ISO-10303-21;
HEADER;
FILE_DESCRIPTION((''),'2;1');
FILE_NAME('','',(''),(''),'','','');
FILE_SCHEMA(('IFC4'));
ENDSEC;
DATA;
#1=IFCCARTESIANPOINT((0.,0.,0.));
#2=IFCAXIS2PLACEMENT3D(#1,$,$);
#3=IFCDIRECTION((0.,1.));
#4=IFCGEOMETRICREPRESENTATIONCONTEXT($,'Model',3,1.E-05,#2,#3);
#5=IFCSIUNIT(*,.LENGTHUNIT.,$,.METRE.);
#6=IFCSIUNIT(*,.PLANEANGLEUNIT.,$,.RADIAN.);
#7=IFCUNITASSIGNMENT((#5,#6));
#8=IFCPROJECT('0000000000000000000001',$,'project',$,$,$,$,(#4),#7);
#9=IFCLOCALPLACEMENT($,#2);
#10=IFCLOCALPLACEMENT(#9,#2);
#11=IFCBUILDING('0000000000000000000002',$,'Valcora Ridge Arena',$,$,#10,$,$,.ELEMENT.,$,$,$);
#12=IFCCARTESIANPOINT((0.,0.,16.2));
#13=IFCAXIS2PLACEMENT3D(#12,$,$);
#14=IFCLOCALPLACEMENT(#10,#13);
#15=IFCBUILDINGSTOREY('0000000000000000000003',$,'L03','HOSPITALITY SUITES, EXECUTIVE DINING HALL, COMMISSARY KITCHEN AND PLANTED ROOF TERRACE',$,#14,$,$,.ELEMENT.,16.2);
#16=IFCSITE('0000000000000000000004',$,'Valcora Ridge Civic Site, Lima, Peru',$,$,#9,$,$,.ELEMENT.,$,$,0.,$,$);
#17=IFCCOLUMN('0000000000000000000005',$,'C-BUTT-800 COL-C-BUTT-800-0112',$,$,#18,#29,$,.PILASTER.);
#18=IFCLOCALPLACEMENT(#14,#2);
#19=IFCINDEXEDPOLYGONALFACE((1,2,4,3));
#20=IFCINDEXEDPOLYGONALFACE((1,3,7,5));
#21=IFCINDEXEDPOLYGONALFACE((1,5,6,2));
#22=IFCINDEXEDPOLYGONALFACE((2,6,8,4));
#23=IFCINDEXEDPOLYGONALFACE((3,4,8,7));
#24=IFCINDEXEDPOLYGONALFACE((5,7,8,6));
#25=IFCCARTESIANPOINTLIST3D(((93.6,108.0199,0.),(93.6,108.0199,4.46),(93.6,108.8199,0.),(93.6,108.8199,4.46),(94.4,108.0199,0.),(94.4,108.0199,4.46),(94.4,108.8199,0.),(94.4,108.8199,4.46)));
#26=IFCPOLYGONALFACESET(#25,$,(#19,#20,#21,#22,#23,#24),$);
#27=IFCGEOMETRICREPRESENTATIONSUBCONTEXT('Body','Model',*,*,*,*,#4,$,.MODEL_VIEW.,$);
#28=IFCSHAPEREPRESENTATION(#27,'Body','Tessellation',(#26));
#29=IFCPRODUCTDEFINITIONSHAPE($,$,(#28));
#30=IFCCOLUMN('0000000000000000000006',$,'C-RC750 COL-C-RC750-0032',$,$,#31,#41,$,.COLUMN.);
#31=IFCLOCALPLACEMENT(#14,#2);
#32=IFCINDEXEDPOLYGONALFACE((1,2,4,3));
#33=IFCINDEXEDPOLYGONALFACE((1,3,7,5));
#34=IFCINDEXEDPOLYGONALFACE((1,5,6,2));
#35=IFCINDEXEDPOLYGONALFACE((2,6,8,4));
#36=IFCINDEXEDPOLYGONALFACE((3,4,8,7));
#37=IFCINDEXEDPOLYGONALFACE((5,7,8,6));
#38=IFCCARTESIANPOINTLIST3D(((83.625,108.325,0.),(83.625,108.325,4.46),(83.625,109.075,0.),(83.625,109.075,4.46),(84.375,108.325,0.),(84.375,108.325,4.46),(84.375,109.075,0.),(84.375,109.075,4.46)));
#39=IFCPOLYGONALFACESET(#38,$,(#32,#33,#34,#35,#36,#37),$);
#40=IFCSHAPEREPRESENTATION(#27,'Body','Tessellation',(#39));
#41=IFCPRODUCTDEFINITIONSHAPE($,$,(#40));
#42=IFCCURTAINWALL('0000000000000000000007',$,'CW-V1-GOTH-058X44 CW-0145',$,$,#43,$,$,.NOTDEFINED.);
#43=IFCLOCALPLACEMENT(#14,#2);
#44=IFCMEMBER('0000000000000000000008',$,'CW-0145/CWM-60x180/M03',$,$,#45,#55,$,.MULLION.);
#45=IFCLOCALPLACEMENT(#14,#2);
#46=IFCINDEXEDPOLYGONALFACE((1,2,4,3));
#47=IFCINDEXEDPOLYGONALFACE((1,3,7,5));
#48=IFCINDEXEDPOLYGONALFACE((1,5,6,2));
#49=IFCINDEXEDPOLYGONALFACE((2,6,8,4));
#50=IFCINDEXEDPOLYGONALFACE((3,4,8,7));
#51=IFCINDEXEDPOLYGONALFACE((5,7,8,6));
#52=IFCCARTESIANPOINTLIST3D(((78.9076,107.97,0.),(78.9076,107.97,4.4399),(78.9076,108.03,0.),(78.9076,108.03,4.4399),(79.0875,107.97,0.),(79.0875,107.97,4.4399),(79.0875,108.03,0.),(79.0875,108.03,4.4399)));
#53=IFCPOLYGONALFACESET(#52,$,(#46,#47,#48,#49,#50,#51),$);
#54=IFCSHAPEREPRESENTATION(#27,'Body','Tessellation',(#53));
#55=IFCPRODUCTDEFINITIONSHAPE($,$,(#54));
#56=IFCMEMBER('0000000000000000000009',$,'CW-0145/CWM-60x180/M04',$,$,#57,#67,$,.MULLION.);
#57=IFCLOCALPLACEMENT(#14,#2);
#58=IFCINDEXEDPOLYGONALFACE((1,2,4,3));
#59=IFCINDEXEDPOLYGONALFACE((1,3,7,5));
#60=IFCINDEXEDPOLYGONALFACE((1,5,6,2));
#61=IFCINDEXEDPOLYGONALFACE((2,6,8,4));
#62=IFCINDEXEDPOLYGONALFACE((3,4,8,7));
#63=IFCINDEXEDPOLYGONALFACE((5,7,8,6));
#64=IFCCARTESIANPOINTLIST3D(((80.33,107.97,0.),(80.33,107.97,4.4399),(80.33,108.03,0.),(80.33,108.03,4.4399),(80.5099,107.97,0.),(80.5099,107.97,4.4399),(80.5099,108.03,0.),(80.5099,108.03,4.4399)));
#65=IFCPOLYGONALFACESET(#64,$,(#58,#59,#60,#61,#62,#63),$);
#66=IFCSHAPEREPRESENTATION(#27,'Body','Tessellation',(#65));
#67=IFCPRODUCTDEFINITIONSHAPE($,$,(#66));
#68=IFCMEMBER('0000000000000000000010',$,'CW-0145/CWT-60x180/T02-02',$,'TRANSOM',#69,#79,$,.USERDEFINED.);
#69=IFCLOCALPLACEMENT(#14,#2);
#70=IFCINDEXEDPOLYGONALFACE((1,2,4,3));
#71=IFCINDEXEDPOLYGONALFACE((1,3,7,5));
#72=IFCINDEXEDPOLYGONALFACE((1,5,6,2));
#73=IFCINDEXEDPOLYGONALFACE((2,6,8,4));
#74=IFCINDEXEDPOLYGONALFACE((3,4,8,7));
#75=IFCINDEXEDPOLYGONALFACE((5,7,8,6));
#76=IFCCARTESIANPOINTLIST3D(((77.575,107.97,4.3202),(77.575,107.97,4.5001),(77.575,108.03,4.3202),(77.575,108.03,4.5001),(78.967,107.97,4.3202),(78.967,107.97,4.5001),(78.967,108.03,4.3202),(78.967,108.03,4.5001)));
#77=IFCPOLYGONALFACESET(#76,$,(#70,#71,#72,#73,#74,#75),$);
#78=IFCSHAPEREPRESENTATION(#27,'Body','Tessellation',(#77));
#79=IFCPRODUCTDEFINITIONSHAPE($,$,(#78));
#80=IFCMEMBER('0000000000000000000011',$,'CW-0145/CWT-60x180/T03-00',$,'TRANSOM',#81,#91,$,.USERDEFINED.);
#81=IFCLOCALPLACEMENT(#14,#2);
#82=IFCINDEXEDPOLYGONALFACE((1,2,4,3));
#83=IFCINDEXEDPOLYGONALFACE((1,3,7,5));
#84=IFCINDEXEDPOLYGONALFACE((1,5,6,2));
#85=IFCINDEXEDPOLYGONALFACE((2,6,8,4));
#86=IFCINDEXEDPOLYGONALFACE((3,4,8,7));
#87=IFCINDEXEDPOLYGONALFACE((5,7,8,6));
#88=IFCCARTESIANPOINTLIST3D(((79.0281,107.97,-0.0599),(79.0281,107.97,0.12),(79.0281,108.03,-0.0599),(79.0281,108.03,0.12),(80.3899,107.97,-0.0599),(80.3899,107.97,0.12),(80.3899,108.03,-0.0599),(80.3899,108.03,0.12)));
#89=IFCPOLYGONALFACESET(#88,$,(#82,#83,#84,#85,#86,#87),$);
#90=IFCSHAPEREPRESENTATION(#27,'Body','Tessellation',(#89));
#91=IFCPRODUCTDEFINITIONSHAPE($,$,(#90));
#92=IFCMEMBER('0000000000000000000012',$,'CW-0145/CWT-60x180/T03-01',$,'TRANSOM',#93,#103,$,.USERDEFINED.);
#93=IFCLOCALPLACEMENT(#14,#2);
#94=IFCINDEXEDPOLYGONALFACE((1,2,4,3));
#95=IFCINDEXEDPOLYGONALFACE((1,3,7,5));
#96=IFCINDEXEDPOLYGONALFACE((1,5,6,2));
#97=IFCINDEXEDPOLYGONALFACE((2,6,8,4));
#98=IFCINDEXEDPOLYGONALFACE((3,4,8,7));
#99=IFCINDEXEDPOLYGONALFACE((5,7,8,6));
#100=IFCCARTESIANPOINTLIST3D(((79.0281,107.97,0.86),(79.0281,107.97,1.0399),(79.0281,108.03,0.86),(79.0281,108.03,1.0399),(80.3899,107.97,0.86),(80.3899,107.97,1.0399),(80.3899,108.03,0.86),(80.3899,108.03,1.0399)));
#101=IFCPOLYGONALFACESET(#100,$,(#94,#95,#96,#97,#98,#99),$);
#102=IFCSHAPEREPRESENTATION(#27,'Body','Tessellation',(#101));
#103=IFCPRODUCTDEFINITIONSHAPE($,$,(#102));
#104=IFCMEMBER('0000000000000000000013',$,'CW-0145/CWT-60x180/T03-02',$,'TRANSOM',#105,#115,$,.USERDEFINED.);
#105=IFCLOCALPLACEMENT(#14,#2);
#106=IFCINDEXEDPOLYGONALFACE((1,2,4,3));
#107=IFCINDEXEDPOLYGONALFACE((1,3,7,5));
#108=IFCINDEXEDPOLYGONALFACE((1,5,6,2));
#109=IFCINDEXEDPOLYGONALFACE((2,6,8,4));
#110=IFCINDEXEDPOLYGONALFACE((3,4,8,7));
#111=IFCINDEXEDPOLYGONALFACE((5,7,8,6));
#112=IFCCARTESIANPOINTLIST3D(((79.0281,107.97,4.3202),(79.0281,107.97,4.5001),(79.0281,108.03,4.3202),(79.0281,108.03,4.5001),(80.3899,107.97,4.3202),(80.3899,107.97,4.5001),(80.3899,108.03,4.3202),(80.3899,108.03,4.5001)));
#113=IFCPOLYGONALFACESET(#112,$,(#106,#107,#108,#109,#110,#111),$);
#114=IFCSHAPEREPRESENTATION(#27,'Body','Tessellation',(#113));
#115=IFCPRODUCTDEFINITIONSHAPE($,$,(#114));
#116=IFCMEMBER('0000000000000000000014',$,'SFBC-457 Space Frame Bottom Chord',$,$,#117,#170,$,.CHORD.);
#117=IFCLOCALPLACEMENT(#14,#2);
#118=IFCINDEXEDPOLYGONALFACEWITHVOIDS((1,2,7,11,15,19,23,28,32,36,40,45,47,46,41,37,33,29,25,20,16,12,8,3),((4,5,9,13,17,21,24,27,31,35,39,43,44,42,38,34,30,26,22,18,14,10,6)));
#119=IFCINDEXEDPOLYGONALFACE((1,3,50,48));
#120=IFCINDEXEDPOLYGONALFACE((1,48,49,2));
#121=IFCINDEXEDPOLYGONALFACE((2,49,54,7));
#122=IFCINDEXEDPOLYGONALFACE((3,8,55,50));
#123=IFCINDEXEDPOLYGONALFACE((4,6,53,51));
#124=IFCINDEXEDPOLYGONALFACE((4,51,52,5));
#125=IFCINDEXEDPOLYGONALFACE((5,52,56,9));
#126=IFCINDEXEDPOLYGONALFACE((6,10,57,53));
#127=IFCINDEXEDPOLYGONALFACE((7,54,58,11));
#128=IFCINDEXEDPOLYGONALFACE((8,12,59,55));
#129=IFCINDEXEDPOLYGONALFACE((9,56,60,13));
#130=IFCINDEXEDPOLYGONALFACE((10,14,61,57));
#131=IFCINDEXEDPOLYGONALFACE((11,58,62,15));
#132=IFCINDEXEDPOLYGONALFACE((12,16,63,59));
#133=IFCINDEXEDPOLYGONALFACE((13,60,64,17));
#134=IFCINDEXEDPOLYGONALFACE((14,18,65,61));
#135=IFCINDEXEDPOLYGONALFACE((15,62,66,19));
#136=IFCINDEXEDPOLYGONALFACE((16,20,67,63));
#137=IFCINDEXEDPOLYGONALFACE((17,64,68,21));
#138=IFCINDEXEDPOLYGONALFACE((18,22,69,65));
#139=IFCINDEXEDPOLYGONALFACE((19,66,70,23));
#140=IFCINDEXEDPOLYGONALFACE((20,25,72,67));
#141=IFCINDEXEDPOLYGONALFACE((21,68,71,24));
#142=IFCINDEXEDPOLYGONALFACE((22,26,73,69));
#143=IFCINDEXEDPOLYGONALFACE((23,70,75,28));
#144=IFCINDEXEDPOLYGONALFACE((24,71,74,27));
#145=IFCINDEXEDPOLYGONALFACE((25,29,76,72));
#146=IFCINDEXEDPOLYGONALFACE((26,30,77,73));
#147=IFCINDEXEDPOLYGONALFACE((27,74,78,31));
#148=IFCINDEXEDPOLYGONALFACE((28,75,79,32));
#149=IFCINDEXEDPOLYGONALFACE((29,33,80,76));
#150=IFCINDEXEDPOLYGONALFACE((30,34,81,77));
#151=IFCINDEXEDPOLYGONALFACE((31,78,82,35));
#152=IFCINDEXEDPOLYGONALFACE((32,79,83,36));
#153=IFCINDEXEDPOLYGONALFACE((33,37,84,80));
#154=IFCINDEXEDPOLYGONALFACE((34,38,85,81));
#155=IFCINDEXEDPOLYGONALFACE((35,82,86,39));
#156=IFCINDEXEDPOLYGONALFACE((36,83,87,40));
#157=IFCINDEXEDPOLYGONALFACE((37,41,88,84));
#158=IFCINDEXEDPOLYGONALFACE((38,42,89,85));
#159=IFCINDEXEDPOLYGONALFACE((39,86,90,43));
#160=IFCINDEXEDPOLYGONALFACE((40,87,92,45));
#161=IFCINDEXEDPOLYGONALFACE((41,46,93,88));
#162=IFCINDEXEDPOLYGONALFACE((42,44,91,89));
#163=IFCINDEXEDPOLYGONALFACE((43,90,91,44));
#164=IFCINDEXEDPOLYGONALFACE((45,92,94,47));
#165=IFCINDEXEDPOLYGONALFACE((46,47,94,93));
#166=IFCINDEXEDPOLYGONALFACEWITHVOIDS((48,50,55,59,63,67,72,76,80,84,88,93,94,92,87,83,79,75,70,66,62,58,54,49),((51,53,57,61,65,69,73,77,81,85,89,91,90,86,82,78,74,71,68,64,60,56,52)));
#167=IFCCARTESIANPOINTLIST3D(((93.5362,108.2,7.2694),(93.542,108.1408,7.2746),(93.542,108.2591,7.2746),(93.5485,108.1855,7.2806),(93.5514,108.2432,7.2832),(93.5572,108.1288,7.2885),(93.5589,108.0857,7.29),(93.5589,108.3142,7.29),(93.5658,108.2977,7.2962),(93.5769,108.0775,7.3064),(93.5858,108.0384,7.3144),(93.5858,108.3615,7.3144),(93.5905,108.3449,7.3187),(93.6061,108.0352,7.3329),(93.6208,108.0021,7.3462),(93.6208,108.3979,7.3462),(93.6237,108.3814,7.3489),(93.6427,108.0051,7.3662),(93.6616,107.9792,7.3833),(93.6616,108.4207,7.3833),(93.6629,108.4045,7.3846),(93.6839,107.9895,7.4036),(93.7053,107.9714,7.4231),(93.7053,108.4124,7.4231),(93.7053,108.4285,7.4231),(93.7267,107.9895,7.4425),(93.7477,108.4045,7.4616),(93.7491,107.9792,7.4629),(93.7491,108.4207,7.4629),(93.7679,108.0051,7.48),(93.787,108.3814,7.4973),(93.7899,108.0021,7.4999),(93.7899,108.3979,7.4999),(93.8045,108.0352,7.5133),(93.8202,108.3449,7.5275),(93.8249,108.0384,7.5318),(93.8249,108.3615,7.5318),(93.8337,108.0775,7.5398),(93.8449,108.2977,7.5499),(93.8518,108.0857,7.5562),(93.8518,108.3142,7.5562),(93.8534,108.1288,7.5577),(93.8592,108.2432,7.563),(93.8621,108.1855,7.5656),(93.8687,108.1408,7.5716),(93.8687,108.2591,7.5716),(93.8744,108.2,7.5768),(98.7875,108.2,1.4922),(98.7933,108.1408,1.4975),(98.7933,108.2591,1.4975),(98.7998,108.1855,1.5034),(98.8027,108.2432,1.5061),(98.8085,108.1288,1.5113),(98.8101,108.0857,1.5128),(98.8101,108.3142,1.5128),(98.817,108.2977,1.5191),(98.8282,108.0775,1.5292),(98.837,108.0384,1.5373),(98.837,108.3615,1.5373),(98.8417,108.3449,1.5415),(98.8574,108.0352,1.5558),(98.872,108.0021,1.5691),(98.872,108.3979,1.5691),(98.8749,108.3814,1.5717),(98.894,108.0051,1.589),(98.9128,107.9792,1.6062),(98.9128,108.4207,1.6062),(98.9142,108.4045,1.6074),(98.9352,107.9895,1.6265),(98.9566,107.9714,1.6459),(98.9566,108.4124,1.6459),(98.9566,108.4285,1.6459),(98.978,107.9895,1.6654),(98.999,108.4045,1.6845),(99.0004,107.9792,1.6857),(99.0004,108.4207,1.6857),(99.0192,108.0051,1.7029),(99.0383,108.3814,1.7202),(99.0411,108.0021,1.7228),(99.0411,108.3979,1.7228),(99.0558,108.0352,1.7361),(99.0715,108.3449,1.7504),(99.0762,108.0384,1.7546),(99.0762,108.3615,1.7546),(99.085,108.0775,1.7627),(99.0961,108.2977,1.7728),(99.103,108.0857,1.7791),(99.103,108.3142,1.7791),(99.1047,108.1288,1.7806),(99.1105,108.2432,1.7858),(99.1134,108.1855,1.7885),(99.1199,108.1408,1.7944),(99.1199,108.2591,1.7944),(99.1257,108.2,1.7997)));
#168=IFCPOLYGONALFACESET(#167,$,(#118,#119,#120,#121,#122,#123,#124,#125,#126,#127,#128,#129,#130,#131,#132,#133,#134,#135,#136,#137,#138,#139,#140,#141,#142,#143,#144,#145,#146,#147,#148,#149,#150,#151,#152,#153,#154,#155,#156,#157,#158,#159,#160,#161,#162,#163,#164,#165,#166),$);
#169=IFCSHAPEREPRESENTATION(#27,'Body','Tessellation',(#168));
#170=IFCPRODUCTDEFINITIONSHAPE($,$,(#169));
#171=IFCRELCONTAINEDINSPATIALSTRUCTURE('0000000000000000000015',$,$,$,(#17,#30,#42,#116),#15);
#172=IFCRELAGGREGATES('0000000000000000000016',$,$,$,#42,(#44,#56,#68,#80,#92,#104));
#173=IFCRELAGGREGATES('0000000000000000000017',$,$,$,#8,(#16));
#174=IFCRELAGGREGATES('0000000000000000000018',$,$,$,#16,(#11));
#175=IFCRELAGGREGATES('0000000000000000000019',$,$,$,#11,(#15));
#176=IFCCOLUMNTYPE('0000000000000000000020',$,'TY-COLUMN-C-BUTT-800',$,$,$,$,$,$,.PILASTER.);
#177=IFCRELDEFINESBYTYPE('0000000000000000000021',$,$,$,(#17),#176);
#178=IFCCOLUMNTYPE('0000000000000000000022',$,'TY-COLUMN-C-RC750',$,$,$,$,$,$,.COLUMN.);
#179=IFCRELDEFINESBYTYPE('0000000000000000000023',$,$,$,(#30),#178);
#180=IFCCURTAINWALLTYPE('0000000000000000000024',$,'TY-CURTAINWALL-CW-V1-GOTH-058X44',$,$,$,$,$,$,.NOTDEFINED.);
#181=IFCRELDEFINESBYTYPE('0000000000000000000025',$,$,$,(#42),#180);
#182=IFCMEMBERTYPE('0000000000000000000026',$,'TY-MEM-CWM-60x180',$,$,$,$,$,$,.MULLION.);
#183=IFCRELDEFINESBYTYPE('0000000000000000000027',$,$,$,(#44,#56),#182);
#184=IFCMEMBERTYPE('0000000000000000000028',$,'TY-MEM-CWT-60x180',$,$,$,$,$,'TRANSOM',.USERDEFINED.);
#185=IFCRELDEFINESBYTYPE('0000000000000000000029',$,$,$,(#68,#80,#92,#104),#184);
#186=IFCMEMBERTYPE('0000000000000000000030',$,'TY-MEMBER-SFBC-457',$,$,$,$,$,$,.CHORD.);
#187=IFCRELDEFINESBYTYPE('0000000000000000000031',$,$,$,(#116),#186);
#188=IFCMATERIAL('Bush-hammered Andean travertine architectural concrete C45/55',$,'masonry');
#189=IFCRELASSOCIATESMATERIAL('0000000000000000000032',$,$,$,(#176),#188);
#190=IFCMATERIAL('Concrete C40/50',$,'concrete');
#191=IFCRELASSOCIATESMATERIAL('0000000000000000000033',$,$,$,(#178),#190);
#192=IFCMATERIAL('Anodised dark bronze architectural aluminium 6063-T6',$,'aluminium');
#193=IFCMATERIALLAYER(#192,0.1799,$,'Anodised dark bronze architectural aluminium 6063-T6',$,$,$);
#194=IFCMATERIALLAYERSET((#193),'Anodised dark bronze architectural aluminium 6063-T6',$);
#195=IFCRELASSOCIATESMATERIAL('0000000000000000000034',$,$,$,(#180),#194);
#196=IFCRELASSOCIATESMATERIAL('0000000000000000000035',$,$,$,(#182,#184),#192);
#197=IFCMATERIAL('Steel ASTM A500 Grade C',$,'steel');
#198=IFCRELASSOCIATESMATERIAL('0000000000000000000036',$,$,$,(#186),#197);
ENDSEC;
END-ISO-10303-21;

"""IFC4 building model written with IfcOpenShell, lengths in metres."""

from ifc_helpers import new_model, si_unit, direction, frame, origin, origin_2d, place, context, subcontext, project, spatial, rectangle, hollow_circle, extrude, material, layer, layer_set, material_profile, profile_set, type_object, element, aggregate, save


model = new_model("IFC4")

# Units and contexts
model_context = context("Model", 3, precision=1e-05, world=origin(), true_north=direction((0.0, 1.0)))
body_context = subcontext(model_context, "Body", "Model", "MODEL_VIEW")
ifc_project = project(units=[si_unit("LENGTHUNIT", "METRE"), si_unit("PLANEANGLEUNIT", "RADIAN")], contexts=[model_context])

# Site, building, storey
site_placement = place(None, origin())
site = spatial("IfcSite", under=ifc_project, at=site_placement, Name="Valcora Ridge Civic Site, Lima, Peru", CompositionType="ELEMENT", RefElevation=0.0)
building_placement = place(site_placement, origin())
building = spatial("IfcBuilding", under=site, at=building_placement, Name="Valcora Ridge Arena", CompositionType="ELEMENT")
storey_placement = place(building_placement, frame((0.0, 0.0, 16.2)))
storey = spatial("IfcBuildingStorey", under=building, at=storey_placement, Name="L03", Description="HOSPITALITY SUITES, EXECUTIVE DINING HALL, COMMISSARY KITCHEN AND PLANTED ROOF TERRACE", CompositionType="ELEMENT", Elevation=16.2)

# Columns
ifc_material_1 = material(Name="Bush-hammered Andean travertine architectural concrete C45/55", Category="masonry")
ifc_material_profile_1 = material_profile(ifc_material_1, rectangle(XDim=0.8, YDim=0.8, at=origin_2d()), Name="RC 800x800")
ifc_profile_set_1 = profile_set([ifc_material_profile_1], Name="Bush-hammered Andean travertine architectural concrete C45/55")
column_type_1 = type_object("IfcColumnType", Name="TY-COLUMN-C-BUTT-800", PredefinedType="PILASTER", material=ifc_profile_set_1)
column_1_placement = place(storey_placement, frame((94.0, 108.4199, 0.0), z_axis=(0.0, 0.0, 1.0), x_axis=(1.0, 0.0, 0.0)))
element("IfcColumn", 1, at=column_1_placement, inside=storey, type_object=column_type_1, Name="C-BUTT-800 COL-C-BUTT-800-0112", PredefinedType="PILASTER", context=body_context, shape_type="SweptSolid", body=[
    extrude(rectangle(XDim=0.8, YDim=0.8, at=origin_2d()), origin(), (0.0, 0.0, 1.0), 4.46),
])
ifc_material_2 = material(Name="Concrete C40/50", Category="concrete")
ifc_material_profile_2 = material_profile(ifc_material_2, rectangle(XDim=0.75, YDim=0.75, at=origin_2d()), Name="RC 750x750")
ifc_profile_set_2 = profile_set([ifc_material_profile_2], Name="Concrete C40/50")
column_type_2 = type_object("IfcColumnType", Name="TY-COLUMN-C-RC750", PredefinedType="COLUMN", material=ifc_profile_set_2)
column_2_placement = place(storey_placement, frame((84.0, 108.7, 0.0), z_axis=(0.0, 0.0, 1.0), x_axis=(1.0, 0.0, 0.0)))
element("IfcColumn", 2, at=column_2_placement, inside=storey, type_object=column_type_2, Name="C-RC750 COL-C-RC750-0032", PredefinedType="COLUMN", context=body_context, shape_type="SweptSolid", body=[
    extrude(rectangle(XDim=0.75, YDim=0.75, at=origin_2d()), origin(), (0.0, 0.0, 1.0), 4.46),
])

# Curtain wall, members
ifc_material_3 = material(Name="Anodised dark bronze architectural aluminium 6063-T6", Category="aluminium")
ifc_layer_1 = layer(ifc_material_3, 0.1799, Name="Anodised dark bronze architectural aluminium 6063-T6")
ifc_layer_set_1 = layer_set([ifc_layer_1], Name="Anodised dark bronze architectural aluminium 6063-T6")
curtain_wall_type = type_object("IfcCurtainWallType", Name="TY-CURTAINWALL-CW-V1-GOTH-058X44", PredefinedType="NOTDEFINED", material=ifc_layer_set_1)
curtain_wall_placement = place(storey_placement, origin())
curtain_wall = element("IfcCurtainWall", 3, at=curtain_wall_placement, inside=storey, type_object=curtain_wall_type, Name="CW-V1-GOTH-058X44 CW-0145", PredefinedType="NOTDEFINED")
ifc_material_profile_3 = material_profile(ifc_material_3, rectangle(XDim=0.0601, YDim=0.1799, at=origin_2d()), Name="ALU MULLION 60x180")
ifc_profile_set_3 = profile_set([ifc_material_profile_3], Name="Anodised dark bronze architectural aluminium 6063-T6")
member_type_1 = type_object("IfcMemberType", Name="TY-MEM-CWM-60x180", PredefinedType="MULLION", material=ifc_profile_set_3)
member_1_placement = place(storey_placement, frame((78.9976, 108.0, 0.0), z_axis=(0.0, 0.0, 1.0), x_axis=(0.0, 1.0, 0.0)))
member_1 = element("IfcMember", 4, at=member_1_placement, type_object=member_type_1, Name="CW-0145/CWM-60x180/M03", PredefinedType="MULLION", context=body_context, shape_type="SweptSolid", body=[
    extrude(rectangle(XDim=0.0601, YDim=0.1799, at=origin_2d()), origin(), (0.0, 0.0, 1.0), 4.4399),
])
member_2_placement = place(storey_placement, frame((80.4199, 108.0, 0.0), z_axis=(0.0, 0.0, 1.0), x_axis=(0.0, 1.0, 0.0)))
member_2 = element("IfcMember", 5, at=member_2_placement, type_object=member_type_1, Name="CW-0145/CWM-60x180/M04", PredefinedType="MULLION", context=body_context, shape_type="SweptSolid", body=[
    extrude(rectangle(XDim=0.0601, YDim=0.1799, at=origin_2d()), origin(), (0.0, 0.0, 1.0), 4.4399),
])
ifc_material_profile_4 = material_profile(ifc_material_3, rectangle(XDim=0.0601, YDim=0.1799, at=origin_2d()), Name="ALU TRANSOM 60x180")
ifc_profile_set_4 = profile_set([ifc_material_profile_4], Name="Anodised dark bronze architectural aluminium 6063-T6")
member_type_2 = type_object("IfcMemberType", Name="TY-MEM-CWT-60x180", ElementType="TRANSOM", PredefinedType="USERDEFINED", material=ifc_profile_set_4)
member_3_placement = place(storey_placement, frame((77.575, 108.0, 4.4102), z_axis=(1.0, 0.0, 0.0), x_axis=(0.0, 1.0, 0.0)))
member_3 = element("IfcMember", 6, at=member_3_placement, type_object=member_type_2, Name="CW-0145/CWT-60x180/T02-02", ObjectType="TRANSOM", PredefinedType="USERDEFINED", context=body_context, shape_type="SweptSolid", body=[
    extrude(rectangle(XDim=0.0601, YDim=0.1799, at=origin_2d()), origin(), (0.0, 0.0, 1.0), 1.3921),
])
member_4_placement = place(storey_placement, frame((79.0281, 108.0, 0.03), z_axis=(1.0, 0.0, 0.0), x_axis=(0.0, 1.0, 0.0)))
member_4 = element("IfcMember", 7, at=member_4_placement, type_object=member_type_2, Name="CW-0145/CWT-60x180/T03-00", ObjectType="TRANSOM", PredefinedType="USERDEFINED", context=body_context, shape_type="SweptSolid", body=[
    extrude(rectangle(XDim=0.0601, YDim=0.1799, at=origin_2d()), origin(), (0.0, 0.0, 1.0), 1.3618),
])
member_5_placement = place(storey_placement, frame((79.0281, 108.0, 0.95), z_axis=(1.0, 0.0, 0.0), x_axis=(0.0, 1.0, 0.0)))
member_5 = element("IfcMember", 8, at=member_5_placement, type_object=member_type_2, Name="CW-0145/CWT-60x180/T03-01", ObjectType="TRANSOM", PredefinedType="USERDEFINED", context=body_context, shape_type="SweptSolid", body=[
    extrude(rectangle(XDim=0.0601, YDim=0.1799, at=origin_2d()), origin(), (0.0, 0.0, 1.0), 1.3618),
])
member_6_placement = place(storey_placement, frame((79.0281, 108.0, 4.4102), z_axis=(1.0, 0.0, 0.0), x_axis=(0.0, 1.0, 0.0)))
member_6 = element("IfcMember", 9, at=member_6_placement, type_object=member_type_2, Name="CW-0145/CWT-60x180/T03-02", ObjectType="TRANSOM", PredefinedType="USERDEFINED", context=body_context, shape_type="SweptSolid", body=[
    extrude(rectangle(XDim=0.0601, YDim=0.1799, at=origin_2d()), origin(), (0.0, 0.0, 1.0), 1.3618),
])

# Member
ifc_material_4 = material(Name="Steel ASTM A500 Grade C", Category="steel")
ifc_material_profile_5 = material_profile(ifc_material_4, hollow_circle(Radius=0.2285, WallThickness=0.0161, at=origin_2d()), Name="CHS457X16")
ifc_profile_set_5 = profile_set([ifc_material_profile_5], Name="Steel ASTM A500 Grade C")
member_type_3 = type_object("IfcMemberType", Name="TY-MEMBER-SFBC-457", PredefinedType="CHORD", material=ifc_profile_set_5)
member_7_placement = place(storey_placement, frame((93.7053, 108.2, 7.4231), z_axis=(0.672625, 0.0, -0.739984), x_axis=(0.0, 1.0, 0.0)))
element("IfcMember", 10, at=member_7_placement, inside=storey, type_object=member_type_3, Name="SFBC-457 Space Frame Bottom Chord", PredefinedType="CHORD", context=body_context, shape_type="SweptSolid", body=[
    extrude(hollow_circle(Radius=0.2285, WallThickness=0.0161, at=origin_2d()), origin(), (0.0, 0.0, 1.0), 7.8071),
])

aggregate(curtain_wall, [member_1, member_2, member_3, member_4, member_5, member_6])

save(model, "model.ifc")
